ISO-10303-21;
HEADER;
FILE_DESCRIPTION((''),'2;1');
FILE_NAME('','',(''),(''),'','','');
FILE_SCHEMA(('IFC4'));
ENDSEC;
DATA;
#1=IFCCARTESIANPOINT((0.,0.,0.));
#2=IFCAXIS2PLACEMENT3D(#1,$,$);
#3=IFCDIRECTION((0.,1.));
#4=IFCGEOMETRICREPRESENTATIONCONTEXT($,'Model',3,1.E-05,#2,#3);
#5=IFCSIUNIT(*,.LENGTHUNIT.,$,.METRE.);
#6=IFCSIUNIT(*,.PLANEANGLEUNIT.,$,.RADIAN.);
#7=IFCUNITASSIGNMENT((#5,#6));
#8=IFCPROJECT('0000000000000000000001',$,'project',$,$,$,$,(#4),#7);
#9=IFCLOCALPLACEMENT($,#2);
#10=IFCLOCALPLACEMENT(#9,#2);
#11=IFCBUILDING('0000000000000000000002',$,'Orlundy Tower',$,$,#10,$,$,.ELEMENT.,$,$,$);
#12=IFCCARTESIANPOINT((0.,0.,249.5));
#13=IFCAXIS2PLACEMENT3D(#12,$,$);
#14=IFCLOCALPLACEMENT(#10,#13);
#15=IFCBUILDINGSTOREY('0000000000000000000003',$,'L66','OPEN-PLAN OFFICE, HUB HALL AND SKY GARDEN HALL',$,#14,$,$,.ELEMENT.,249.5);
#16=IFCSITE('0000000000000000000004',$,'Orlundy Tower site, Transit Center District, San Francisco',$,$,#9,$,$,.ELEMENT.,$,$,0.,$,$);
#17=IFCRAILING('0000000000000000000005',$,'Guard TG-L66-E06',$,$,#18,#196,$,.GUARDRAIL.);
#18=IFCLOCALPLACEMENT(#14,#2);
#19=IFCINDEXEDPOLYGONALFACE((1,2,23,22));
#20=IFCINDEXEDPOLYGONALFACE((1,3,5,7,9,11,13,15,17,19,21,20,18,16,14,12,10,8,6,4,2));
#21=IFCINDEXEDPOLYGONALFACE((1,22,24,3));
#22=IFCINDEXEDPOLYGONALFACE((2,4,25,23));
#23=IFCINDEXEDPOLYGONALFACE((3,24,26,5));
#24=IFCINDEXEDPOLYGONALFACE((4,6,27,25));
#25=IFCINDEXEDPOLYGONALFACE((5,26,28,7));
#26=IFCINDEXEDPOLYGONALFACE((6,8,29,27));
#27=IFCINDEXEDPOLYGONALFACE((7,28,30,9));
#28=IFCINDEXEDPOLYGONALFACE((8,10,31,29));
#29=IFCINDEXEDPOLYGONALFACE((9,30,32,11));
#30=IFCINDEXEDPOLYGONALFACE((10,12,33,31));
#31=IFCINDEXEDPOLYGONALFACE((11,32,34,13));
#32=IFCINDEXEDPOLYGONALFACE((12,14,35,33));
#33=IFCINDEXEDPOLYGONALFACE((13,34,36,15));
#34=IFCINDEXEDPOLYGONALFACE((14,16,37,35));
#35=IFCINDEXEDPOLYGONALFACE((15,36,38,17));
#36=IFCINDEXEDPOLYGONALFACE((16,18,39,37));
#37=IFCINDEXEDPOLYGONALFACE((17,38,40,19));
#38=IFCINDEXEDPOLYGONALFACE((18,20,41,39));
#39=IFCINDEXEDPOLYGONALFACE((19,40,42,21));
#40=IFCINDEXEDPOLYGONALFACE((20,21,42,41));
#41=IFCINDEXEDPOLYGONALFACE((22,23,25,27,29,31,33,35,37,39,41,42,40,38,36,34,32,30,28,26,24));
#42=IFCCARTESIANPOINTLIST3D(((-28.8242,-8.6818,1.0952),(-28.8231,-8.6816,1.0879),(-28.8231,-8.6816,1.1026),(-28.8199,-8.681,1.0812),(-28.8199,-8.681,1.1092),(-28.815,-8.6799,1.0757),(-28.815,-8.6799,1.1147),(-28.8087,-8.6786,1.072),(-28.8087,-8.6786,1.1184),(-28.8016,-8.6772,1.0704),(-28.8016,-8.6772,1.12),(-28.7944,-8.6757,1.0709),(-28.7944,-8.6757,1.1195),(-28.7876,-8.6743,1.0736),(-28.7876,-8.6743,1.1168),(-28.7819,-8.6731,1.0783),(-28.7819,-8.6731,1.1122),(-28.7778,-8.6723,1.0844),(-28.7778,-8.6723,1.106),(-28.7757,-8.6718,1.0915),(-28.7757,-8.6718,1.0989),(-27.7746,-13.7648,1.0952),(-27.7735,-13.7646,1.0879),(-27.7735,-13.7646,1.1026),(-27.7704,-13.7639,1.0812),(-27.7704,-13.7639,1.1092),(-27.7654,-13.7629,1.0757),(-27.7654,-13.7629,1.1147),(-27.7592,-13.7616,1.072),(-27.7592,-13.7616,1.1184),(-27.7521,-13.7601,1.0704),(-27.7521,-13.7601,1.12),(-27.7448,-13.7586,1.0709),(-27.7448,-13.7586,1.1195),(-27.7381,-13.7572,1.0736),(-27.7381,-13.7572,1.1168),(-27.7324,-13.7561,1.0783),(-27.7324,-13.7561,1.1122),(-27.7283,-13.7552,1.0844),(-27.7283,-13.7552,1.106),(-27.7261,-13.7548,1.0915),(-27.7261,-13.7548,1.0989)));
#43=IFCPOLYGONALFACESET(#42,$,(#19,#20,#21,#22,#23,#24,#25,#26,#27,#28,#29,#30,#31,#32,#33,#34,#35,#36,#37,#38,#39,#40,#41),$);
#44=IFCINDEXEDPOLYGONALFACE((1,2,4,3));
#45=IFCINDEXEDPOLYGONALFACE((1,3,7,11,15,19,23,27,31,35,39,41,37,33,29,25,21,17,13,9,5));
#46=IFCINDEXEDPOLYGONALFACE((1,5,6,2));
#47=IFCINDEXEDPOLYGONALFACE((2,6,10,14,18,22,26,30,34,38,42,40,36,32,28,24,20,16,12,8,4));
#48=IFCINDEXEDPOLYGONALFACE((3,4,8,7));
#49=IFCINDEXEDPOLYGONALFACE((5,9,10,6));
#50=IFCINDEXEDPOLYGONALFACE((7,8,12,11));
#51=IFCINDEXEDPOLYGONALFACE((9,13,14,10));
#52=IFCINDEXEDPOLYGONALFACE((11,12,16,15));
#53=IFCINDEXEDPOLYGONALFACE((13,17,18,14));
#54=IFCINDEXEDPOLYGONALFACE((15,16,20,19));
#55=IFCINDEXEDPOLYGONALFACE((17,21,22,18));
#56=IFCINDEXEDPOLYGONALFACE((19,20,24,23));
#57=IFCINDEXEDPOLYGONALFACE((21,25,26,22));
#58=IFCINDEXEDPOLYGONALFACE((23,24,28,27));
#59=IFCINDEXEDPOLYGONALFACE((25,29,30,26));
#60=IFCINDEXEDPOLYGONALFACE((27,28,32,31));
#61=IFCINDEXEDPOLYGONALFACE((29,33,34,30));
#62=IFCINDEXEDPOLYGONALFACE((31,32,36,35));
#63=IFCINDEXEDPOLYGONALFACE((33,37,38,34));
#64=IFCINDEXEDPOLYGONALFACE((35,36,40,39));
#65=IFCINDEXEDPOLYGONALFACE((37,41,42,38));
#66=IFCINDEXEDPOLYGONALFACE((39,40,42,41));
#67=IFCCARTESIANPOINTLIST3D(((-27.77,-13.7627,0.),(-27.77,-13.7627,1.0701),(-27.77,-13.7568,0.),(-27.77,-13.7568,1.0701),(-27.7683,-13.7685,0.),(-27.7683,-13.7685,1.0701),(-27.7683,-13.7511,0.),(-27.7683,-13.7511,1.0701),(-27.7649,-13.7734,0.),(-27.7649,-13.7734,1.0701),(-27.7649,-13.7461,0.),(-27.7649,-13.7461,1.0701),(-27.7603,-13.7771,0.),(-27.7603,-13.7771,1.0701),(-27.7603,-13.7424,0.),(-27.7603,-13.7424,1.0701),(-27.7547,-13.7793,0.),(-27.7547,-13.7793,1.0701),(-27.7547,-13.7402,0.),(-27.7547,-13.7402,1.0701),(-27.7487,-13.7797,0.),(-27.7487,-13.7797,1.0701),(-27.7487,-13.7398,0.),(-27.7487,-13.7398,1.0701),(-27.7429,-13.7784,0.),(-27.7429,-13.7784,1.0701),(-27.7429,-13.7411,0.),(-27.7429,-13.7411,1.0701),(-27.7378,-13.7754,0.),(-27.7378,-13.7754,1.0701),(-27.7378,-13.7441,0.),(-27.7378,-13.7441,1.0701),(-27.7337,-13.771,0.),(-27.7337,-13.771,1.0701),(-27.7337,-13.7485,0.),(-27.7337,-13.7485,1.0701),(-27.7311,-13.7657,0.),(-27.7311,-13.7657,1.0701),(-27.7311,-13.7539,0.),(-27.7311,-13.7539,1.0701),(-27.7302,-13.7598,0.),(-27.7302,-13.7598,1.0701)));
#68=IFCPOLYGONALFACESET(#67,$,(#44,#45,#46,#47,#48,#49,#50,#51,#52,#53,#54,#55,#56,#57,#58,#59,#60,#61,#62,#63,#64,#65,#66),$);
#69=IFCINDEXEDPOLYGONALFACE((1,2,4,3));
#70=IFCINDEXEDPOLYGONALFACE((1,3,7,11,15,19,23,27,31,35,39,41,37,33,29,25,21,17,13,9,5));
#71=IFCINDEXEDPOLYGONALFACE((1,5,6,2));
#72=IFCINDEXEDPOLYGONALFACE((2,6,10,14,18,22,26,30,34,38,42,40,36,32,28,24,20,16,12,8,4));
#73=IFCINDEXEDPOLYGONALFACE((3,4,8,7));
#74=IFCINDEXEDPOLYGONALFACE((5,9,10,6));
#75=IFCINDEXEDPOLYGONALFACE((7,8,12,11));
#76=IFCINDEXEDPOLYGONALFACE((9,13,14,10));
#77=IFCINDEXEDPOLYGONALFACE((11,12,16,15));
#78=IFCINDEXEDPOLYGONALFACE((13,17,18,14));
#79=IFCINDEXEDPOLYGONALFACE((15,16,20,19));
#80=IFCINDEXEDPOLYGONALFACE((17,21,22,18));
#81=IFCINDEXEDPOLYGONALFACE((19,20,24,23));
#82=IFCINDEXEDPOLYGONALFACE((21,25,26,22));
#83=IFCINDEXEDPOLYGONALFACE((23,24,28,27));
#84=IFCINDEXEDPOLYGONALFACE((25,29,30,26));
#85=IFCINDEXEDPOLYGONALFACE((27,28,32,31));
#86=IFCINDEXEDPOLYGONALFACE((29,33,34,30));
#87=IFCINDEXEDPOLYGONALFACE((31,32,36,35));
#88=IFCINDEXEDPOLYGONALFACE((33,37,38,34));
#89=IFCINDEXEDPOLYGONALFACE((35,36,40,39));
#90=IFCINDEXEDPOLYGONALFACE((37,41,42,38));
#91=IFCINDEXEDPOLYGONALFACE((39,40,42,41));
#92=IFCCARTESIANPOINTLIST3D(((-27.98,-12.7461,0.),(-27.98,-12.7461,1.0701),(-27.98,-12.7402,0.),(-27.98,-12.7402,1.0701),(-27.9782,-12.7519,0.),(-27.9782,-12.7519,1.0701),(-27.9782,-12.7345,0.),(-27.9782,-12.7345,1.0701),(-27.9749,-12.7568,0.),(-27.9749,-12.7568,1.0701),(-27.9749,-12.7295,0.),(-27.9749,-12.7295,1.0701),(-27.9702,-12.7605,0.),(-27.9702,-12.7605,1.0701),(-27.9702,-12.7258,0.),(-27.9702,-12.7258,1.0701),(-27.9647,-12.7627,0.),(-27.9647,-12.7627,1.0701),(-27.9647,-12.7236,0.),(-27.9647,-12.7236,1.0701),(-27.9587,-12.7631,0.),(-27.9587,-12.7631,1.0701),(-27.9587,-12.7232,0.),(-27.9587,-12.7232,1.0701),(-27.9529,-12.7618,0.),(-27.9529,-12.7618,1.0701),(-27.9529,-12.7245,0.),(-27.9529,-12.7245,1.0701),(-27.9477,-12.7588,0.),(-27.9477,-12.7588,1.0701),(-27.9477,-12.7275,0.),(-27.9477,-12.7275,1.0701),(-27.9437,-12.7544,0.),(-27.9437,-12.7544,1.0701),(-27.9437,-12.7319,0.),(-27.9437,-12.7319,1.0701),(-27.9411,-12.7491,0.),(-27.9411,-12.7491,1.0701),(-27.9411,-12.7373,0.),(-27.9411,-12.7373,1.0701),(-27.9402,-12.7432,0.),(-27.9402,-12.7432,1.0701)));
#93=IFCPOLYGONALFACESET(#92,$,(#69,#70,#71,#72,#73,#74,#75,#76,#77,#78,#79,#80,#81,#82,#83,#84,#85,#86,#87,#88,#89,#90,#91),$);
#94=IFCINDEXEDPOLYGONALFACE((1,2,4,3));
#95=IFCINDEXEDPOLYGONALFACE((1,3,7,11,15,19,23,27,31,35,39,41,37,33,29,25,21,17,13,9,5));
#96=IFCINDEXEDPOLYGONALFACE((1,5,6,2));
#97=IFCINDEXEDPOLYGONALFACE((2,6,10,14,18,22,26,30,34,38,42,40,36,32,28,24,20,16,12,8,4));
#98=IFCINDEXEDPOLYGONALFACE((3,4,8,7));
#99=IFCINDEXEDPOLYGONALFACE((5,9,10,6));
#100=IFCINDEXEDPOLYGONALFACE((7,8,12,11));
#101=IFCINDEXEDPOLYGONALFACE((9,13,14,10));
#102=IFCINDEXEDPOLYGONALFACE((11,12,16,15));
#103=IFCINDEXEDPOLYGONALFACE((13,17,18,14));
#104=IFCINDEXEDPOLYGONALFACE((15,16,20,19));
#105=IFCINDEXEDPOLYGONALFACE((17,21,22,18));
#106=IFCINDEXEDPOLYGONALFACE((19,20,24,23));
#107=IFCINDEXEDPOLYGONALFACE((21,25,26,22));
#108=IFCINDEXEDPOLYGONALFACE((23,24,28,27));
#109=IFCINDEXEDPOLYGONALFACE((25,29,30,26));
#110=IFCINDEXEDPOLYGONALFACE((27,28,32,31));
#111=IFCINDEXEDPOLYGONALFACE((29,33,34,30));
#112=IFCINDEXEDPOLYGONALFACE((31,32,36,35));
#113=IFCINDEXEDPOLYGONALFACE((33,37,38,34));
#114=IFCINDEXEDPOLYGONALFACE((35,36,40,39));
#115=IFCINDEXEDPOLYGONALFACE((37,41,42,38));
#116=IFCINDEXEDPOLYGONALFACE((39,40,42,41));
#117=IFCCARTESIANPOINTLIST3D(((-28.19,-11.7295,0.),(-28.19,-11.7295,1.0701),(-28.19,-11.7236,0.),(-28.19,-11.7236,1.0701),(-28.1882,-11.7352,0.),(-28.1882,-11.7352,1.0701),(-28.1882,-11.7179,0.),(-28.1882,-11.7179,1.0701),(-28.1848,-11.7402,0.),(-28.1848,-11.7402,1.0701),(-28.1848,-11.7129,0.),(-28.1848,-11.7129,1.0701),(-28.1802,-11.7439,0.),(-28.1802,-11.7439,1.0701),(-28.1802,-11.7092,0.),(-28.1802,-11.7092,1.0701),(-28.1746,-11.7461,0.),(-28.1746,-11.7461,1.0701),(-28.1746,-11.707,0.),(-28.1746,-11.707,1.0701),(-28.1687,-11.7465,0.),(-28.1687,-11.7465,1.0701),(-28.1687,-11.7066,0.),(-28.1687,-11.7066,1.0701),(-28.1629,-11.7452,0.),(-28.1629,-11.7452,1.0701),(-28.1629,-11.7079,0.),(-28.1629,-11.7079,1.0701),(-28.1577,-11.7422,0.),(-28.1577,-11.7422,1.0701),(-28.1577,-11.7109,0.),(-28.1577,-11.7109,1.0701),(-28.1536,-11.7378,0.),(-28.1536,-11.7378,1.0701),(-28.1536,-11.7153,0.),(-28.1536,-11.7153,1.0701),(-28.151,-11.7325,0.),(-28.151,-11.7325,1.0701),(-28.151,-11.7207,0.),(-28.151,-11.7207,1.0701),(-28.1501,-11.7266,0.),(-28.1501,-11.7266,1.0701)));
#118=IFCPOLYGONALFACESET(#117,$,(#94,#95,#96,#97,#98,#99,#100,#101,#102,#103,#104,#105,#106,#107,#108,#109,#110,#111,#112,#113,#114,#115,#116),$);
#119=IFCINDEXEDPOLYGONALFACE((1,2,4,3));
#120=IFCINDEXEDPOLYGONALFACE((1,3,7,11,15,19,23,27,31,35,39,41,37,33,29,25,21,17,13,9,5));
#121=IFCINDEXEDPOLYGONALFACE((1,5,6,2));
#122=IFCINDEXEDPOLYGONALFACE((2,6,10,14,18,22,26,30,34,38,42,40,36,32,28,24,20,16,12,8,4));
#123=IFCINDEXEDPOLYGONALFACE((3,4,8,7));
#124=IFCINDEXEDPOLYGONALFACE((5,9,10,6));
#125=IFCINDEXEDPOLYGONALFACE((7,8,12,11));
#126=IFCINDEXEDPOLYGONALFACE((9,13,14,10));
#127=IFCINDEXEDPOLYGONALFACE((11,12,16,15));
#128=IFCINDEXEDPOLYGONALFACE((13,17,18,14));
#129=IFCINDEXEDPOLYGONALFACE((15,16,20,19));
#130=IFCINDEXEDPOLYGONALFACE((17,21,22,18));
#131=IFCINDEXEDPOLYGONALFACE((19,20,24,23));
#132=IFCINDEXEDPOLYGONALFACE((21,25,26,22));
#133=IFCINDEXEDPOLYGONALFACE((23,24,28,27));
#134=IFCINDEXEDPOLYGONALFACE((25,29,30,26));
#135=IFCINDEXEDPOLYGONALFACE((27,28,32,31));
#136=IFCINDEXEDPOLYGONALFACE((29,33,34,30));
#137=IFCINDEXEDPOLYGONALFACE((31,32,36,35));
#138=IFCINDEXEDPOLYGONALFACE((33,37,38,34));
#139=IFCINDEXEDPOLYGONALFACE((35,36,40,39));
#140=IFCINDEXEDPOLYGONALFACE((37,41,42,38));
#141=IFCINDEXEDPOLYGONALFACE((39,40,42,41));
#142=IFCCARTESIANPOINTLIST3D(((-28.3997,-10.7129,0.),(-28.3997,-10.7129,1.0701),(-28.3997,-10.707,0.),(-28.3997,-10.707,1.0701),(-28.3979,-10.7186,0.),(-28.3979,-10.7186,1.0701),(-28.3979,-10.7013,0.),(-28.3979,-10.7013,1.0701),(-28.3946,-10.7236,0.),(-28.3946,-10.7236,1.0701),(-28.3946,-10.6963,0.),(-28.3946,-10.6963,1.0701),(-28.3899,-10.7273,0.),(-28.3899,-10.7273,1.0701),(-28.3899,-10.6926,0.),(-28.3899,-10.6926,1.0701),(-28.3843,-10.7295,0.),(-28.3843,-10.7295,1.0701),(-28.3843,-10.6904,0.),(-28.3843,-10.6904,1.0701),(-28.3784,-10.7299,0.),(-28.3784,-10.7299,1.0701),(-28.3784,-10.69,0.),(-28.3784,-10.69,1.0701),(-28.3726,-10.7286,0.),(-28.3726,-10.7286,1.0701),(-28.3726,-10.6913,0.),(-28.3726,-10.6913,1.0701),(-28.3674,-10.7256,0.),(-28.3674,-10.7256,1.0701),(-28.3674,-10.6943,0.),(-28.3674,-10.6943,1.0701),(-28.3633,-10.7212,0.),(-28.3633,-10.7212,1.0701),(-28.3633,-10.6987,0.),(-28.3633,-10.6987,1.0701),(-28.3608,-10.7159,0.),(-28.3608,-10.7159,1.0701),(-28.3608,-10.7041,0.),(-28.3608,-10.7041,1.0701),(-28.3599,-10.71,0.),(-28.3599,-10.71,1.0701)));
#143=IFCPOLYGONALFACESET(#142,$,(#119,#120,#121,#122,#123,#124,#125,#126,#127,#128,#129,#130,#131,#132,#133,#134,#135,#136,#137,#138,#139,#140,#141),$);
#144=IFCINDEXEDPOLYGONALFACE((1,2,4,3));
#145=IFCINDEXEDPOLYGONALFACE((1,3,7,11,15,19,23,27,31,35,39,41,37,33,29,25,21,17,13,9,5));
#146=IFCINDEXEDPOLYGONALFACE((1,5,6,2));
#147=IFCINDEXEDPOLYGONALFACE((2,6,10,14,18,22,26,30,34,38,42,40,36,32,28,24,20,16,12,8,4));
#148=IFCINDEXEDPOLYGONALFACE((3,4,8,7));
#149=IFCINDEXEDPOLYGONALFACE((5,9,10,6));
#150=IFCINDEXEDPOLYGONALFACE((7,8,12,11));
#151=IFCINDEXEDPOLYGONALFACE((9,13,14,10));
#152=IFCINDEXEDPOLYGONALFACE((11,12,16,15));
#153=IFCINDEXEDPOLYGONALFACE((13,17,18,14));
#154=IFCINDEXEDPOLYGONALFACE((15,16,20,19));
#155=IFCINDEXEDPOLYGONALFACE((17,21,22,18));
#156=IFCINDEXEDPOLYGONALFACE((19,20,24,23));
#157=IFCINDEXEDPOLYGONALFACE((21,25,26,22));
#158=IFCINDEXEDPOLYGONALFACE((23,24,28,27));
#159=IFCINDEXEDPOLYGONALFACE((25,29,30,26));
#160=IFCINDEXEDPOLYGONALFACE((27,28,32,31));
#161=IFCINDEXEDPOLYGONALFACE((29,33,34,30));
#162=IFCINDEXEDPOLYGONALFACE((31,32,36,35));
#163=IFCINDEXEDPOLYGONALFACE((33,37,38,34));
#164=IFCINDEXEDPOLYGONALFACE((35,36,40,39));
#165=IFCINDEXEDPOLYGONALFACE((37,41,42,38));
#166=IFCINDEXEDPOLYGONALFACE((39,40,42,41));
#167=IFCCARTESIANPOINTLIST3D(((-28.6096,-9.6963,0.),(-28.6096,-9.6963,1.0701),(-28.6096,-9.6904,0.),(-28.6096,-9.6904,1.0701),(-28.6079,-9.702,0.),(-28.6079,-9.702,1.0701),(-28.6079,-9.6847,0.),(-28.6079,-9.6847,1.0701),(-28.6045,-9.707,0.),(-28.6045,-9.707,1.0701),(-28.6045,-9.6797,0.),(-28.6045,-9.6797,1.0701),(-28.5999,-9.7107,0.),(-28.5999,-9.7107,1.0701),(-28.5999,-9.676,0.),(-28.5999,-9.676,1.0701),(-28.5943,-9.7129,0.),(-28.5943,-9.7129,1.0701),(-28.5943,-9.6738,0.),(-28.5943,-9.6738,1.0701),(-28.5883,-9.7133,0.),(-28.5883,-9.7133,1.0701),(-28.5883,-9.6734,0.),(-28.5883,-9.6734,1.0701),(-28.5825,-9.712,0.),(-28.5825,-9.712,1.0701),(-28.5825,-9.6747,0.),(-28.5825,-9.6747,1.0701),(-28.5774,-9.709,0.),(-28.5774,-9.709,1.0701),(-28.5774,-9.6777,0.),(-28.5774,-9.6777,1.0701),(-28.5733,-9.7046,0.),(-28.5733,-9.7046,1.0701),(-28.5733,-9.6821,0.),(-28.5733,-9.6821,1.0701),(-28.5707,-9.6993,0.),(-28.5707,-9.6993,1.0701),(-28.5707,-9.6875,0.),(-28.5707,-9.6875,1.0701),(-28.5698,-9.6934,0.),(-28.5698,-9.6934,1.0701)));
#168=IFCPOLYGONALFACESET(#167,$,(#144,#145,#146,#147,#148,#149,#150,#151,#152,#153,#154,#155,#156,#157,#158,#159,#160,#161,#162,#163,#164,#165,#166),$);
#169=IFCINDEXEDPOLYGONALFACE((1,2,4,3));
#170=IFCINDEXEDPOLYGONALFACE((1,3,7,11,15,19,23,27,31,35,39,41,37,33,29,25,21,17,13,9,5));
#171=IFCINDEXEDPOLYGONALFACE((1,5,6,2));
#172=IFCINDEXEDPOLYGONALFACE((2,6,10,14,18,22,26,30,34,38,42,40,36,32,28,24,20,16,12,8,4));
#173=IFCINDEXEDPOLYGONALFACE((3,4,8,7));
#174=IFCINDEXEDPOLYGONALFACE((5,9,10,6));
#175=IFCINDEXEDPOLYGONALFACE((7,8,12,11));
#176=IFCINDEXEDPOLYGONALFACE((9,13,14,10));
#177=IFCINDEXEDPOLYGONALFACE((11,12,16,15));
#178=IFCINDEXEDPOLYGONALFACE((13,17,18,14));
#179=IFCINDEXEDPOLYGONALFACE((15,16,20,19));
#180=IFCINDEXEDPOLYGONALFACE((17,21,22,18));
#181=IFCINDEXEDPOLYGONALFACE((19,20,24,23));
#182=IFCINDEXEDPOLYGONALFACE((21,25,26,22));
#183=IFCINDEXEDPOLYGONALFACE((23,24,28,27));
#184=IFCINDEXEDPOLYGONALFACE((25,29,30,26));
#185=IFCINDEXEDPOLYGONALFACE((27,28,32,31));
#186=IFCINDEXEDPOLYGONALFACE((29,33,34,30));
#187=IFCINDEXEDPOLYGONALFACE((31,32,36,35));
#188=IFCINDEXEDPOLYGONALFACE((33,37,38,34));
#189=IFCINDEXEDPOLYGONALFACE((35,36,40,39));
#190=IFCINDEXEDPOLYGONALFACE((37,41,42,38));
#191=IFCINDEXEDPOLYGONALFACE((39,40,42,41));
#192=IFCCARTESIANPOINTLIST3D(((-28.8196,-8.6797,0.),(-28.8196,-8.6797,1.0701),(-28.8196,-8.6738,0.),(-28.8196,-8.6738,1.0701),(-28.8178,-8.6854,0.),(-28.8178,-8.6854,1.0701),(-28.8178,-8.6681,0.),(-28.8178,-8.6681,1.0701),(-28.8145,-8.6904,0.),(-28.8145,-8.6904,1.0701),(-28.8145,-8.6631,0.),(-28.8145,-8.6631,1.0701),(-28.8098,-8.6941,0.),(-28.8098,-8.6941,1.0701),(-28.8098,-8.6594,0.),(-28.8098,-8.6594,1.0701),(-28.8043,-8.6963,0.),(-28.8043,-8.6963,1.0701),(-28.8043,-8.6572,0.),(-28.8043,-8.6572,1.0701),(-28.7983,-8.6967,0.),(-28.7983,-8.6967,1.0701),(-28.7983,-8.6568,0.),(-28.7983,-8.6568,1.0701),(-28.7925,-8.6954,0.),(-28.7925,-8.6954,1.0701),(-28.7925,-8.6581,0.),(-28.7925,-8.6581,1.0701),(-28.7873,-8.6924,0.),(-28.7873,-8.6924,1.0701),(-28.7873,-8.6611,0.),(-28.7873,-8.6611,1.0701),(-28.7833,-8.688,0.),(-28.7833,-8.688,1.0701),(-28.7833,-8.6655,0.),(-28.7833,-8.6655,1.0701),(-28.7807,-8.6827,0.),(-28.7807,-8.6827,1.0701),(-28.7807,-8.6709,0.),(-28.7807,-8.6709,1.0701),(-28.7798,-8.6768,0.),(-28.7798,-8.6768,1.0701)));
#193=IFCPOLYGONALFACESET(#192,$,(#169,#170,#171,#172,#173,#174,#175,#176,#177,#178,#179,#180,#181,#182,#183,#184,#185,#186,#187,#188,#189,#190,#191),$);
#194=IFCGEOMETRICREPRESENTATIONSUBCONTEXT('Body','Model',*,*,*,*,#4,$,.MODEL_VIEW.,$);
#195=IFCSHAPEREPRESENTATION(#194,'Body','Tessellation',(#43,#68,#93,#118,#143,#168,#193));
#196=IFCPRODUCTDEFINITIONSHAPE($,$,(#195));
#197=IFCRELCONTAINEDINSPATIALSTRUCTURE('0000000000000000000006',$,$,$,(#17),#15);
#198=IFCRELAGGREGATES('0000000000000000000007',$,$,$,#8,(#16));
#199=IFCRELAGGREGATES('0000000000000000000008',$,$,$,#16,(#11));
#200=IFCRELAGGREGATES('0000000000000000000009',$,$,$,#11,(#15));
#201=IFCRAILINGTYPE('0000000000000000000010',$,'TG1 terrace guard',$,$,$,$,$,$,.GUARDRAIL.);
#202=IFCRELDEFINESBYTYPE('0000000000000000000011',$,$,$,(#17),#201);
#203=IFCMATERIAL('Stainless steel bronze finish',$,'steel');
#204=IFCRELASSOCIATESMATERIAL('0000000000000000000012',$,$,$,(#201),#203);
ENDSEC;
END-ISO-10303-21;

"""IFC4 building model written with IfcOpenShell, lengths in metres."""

from ifc_helpers import new_model, si_unit, direction, frame, origin, origin_2d, place, context, subcontext, project, spatial, circle, extrude, material, type_object, element, save


model = new_model("IFC4")

# Units and contexts
model_context = context("Model", 3, precision=1e-05, world=origin(), true_north=direction((0.0, 1.0)))
body_context = subcontext(model_context, "Body", "Model", "MODEL_VIEW")
ifc_project = project(units=[si_unit("LENGTHUNIT", "METRE"), si_unit("PLANEANGLEUNIT", "RADIAN")], contexts=[model_context])

# Site, building, storey
site_placement = place(None, origin())
site = spatial("IfcSite", under=ifc_project, at=site_placement, Name="Orlundy Tower site, Transit Center District, San Francisco", CompositionType="ELEMENT", RefElevation=0.0)
building_placement = place(site_placement, origin())
building = spatial("IfcBuilding", under=site, at=building_placement, Name="Orlundy Tower", CompositionType="ELEMENT")
storey_placement = place(building_placement, frame((0.0, 0.0, 249.5)))
storey = spatial("IfcBuildingStorey", under=building, at=storey_placement, Name="L66", Description="OPEN-PLAN OFFICE, HUB HALL AND SKY GARDEN HALL", CompositionType="ELEMENT", Elevation=249.5)

# Railing
ifc_material_1 = material(Name="Stainless steel bronze finish", Category="steel")
railing_type_1 = type_object("IfcRailingType", Name="TG1 terrace guard", PredefinedType="GUARDRAIL", material=ifc_material_1)
railing_1_placement = place(storey_placement, frame((-27.7502, -13.7598, 0.0)))
element("IfcRailing", 1, at=railing_1_placement, inside=storey, type_object=railing_type_1, Name="Guard TG-L66-E06", PredefinedType="GUARDRAIL", context=body_context, shape_type="SweptSolid", body=[
    extrude(circle(Radius=0.0249, at=origin_2d()), frame((0.0, 0.0, 1.0952), z_axis=(-0.202218, 0.97934, 0.0), x_axis=(-0.97934, -0.202218, 0.0)), (0.0, 0.0, 1.0), 5.1902),
    extrude(circle(Radius=0.02, at=origin_2d()), origin(), (0.0, 0.0, 1.0), 1.0701),
    extrude(circle(Radius=0.02, at=origin_2d()), frame((-0.21, 1.0166, 0.0)), (0.0, 0.0, 1.0), 1.0701),
    extrude(circle(Radius=0.02, at=origin_2d()), frame((-0.4199, 2.0332, 0.0)), (0.0, 0.0, 1.0), 1.0701),
    extrude(circle(Radius=0.02, at=origin_2d()), frame((-0.6296, 3.0498, 0.0)), (0.0, 0.0, 1.0), 1.0701),
    extrude(circle(Radius=0.02, at=origin_2d()), frame((-0.8396, 4.0664, 0.0)), (0.0, 0.0, 1.0), 1.0701),
    extrude(circle(Radius=0.02, at=origin_2d()), frame((-1.0496, 5.083, 0.0)), (0.0, 0.0, 1.0), 1.0701),
])

save(model, "model.ifc")
